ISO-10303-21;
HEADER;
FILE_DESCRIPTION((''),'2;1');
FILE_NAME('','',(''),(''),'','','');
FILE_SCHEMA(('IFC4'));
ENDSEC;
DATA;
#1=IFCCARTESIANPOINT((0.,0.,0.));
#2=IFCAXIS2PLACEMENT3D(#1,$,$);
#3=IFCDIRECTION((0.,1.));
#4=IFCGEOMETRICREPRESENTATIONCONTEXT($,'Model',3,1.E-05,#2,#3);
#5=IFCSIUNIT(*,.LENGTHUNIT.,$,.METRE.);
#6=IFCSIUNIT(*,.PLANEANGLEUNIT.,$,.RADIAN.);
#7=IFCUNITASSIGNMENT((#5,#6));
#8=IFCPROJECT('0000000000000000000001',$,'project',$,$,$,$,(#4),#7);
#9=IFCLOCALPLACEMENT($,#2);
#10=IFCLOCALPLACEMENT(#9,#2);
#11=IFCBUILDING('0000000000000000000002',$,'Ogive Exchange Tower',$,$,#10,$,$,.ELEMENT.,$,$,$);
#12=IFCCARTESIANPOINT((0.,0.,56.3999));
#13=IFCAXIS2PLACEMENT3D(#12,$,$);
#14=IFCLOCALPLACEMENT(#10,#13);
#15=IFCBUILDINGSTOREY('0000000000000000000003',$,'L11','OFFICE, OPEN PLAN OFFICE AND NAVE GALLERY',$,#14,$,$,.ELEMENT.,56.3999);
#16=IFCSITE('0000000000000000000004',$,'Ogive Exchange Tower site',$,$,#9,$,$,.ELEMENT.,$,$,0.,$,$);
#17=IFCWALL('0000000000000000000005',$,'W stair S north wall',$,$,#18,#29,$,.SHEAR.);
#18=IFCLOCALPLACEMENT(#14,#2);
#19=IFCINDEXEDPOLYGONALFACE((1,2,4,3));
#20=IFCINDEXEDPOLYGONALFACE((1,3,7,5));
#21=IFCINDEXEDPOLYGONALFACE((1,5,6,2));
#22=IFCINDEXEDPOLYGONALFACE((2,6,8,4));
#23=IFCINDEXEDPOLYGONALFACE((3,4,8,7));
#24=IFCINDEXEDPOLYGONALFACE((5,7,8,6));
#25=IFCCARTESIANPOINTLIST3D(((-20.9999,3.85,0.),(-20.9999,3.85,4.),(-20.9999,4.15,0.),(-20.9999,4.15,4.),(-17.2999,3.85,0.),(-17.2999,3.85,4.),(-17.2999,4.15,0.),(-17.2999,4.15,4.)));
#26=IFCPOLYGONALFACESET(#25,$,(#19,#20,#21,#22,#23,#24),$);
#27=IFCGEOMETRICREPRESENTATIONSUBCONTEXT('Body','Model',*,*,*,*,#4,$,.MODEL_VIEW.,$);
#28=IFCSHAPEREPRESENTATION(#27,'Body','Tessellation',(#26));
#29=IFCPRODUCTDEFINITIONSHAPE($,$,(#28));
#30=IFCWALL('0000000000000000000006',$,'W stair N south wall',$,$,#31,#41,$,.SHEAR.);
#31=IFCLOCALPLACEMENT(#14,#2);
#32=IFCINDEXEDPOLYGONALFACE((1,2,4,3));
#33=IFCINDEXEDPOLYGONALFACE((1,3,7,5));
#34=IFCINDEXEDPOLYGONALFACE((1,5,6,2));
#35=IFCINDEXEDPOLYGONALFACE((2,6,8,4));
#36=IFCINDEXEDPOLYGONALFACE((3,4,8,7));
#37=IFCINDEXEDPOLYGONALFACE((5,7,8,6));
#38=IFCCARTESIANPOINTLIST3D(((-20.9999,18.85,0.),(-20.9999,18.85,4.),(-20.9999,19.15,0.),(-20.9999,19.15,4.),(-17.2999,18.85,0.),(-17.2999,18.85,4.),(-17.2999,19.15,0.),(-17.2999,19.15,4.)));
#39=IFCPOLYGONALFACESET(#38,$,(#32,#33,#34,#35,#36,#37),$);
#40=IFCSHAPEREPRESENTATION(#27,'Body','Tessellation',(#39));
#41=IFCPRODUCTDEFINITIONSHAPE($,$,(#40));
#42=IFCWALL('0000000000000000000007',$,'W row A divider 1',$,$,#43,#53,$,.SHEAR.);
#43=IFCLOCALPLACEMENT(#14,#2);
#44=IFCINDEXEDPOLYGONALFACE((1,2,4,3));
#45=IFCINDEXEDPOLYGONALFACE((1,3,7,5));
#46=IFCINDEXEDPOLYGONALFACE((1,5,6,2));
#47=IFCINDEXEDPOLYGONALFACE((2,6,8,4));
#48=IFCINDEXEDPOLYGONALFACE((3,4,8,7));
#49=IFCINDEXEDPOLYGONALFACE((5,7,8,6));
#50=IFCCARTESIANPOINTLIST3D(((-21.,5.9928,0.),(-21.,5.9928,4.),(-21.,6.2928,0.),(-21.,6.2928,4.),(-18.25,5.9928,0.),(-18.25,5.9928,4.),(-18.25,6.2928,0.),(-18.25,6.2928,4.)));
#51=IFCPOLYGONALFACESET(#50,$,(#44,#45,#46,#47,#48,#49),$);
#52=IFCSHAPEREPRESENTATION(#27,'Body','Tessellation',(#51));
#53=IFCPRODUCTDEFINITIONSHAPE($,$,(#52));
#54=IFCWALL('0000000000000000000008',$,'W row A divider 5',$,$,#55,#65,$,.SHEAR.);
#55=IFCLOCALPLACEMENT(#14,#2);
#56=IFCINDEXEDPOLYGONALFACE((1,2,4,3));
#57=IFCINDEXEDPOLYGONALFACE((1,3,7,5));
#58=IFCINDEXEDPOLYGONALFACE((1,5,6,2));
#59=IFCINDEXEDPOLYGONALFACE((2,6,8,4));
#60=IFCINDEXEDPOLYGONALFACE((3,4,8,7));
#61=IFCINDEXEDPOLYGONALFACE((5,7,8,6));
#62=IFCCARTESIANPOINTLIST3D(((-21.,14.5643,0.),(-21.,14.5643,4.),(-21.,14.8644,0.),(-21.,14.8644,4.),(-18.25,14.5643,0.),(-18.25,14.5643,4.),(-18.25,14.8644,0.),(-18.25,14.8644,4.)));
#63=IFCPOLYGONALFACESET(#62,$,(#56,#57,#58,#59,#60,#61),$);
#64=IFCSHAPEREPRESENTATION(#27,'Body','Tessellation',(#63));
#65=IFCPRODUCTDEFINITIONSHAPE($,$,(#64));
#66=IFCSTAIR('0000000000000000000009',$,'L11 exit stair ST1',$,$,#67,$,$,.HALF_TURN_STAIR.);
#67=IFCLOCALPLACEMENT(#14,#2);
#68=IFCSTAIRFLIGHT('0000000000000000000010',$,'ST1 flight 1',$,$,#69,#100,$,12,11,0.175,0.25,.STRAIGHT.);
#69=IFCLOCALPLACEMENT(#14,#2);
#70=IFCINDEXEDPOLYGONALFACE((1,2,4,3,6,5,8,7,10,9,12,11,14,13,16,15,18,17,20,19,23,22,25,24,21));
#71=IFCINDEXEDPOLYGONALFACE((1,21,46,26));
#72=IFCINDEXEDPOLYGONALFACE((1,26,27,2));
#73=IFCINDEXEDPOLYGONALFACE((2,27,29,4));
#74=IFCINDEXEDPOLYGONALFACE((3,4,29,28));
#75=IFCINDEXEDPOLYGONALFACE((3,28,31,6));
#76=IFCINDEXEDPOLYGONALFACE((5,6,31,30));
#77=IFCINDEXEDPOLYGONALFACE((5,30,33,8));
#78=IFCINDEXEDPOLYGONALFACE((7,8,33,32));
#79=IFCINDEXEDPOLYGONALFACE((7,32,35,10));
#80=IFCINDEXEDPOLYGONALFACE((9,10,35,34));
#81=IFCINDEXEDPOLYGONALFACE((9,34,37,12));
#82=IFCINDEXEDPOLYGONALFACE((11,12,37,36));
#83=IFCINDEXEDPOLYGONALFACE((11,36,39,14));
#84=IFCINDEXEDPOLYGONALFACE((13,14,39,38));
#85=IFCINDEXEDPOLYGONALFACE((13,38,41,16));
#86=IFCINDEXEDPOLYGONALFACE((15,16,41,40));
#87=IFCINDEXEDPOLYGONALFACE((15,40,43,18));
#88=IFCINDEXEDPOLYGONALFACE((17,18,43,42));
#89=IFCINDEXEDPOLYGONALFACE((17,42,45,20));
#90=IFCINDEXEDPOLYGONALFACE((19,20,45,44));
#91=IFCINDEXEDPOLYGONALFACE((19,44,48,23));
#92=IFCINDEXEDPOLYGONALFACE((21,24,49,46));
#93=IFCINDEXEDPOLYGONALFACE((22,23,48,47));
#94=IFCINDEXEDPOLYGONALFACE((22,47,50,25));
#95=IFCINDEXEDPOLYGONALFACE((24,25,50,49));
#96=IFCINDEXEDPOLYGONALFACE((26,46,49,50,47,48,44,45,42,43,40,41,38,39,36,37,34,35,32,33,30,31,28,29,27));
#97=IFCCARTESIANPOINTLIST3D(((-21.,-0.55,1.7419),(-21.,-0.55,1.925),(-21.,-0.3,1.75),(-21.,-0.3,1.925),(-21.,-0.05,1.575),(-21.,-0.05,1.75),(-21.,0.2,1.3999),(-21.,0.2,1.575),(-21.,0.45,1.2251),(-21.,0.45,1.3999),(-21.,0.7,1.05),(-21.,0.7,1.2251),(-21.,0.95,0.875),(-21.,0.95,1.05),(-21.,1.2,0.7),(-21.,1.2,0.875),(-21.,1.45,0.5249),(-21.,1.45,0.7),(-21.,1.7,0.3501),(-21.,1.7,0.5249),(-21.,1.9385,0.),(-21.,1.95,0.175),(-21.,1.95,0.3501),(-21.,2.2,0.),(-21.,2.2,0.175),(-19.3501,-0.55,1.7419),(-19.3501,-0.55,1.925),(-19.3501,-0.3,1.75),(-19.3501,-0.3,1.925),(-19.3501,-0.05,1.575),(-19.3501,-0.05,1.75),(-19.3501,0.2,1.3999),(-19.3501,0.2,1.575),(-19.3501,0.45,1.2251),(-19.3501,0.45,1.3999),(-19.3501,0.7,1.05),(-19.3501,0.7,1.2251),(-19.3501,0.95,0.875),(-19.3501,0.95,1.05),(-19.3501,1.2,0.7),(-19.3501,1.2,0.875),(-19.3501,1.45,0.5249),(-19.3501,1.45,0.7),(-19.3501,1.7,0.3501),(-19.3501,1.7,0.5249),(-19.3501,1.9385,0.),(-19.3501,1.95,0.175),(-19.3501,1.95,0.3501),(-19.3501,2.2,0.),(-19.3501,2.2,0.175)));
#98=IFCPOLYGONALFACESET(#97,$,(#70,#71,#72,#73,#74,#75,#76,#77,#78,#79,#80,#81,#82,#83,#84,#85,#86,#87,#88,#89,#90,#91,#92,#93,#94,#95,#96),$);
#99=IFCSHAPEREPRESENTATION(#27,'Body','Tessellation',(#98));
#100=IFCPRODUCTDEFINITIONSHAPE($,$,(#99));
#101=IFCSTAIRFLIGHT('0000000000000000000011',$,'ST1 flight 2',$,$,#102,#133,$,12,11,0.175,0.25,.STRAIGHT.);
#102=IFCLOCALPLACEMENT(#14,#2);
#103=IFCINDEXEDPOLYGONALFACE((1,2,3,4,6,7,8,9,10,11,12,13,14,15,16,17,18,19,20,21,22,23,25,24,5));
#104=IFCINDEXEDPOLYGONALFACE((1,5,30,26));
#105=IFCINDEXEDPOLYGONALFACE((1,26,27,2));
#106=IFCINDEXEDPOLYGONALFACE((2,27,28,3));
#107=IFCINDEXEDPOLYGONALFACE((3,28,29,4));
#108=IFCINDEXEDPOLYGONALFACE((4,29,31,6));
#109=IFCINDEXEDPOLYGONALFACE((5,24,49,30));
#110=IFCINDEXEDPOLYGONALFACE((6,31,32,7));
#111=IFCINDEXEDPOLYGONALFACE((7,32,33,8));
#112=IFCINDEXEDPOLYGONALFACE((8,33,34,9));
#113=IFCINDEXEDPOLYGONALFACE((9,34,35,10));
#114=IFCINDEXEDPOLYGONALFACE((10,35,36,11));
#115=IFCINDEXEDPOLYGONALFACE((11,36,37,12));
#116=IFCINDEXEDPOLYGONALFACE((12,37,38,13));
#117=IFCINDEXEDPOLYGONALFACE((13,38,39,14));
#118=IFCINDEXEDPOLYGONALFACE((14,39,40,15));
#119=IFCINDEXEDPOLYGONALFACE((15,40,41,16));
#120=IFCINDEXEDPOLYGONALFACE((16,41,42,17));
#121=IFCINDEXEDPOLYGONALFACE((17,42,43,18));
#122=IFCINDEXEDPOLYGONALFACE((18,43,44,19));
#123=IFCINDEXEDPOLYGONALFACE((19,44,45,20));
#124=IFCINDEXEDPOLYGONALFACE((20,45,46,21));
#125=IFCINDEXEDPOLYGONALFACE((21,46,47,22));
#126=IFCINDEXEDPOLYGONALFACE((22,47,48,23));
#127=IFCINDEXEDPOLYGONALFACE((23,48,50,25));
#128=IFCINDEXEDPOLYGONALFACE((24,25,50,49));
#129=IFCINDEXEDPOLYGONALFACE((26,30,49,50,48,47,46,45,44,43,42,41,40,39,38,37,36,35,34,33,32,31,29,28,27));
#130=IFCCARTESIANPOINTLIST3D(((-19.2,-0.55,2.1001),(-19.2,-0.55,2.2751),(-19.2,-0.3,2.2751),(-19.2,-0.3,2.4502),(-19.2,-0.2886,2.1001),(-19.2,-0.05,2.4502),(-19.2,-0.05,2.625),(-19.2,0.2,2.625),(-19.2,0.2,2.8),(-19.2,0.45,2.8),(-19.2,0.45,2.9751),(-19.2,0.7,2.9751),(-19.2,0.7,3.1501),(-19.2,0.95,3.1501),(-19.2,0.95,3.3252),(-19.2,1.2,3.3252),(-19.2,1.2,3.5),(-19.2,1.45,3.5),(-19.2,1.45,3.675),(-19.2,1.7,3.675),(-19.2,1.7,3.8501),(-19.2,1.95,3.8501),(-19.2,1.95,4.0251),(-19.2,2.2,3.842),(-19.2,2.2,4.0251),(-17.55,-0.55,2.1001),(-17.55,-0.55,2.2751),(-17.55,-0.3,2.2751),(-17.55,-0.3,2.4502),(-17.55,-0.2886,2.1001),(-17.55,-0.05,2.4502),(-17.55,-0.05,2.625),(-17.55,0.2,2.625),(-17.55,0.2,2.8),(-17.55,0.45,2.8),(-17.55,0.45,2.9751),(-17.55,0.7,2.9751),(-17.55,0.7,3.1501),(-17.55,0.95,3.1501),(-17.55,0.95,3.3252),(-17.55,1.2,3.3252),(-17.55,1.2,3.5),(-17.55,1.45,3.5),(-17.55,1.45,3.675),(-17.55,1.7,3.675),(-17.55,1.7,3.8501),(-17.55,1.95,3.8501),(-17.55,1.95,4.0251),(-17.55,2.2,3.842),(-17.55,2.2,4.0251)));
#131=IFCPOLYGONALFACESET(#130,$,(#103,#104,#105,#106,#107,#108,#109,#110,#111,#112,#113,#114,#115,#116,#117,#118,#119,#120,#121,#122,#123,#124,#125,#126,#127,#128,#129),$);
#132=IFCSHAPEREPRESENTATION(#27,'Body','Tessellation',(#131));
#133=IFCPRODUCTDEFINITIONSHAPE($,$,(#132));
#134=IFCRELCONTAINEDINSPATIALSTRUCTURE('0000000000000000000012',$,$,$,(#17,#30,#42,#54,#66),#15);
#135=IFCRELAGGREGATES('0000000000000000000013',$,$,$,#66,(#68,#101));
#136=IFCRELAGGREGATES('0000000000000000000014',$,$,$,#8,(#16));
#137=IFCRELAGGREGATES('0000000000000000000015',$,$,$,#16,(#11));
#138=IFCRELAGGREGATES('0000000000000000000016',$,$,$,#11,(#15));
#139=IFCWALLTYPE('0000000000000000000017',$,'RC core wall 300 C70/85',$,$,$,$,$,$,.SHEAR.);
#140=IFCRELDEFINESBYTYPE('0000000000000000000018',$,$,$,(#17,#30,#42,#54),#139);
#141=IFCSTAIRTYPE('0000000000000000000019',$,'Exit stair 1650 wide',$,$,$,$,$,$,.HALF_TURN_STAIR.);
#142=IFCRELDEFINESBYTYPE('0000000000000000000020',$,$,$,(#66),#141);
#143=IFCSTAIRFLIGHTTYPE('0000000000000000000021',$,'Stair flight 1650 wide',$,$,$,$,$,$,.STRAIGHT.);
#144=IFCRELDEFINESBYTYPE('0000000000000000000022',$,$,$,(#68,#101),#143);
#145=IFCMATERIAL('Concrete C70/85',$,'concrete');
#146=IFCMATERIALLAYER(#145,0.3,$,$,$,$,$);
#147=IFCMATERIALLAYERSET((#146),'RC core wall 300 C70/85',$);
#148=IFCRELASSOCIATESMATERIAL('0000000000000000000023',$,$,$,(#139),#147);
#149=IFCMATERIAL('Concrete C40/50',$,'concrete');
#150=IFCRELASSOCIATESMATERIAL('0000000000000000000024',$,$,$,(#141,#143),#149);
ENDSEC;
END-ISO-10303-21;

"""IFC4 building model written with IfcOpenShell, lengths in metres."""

from ifc_helpers import new_model, si_unit, direction, frame, frame_2d, origin, place, context, subcontext, project, spatial, polyline, rectangle, outline, extrude, material, layer, layer_set, type_object, element, aggregate, save


model = new_model("IFC4")

# Units and contexts
model_context = context("Model", 3, precision=1e-05, world=origin(), true_north=direction((0.0, 1.0)))
body_context = subcontext(model_context, "Body", "Model", "MODEL_VIEW")
ifc_project = project(units=[si_unit("LENGTHUNIT", "METRE"), si_unit("PLANEANGLEUNIT", "RADIAN")], contexts=[model_context])

# Site, building, storey
site_placement = place(None, origin())
site = spatial("IfcSite", under=ifc_project, at=site_placement, Name="Ogive Exchange Tower site", CompositionType="ELEMENT", RefElevation=0.0)
building_placement = place(site_placement, origin())
building = spatial("IfcBuilding", under=site, at=building_placement, Name="Ogive Exchange Tower", CompositionType="ELEMENT")
storey_placement = place(building_placement, frame((0.0, 0.0, 56.3999)))
storey = spatial("IfcBuildingStorey", under=building, at=storey_placement, Name="L11", Description="OFFICE, OPEN PLAN OFFICE AND NAVE GALLERY", CompositionType="ELEMENT", Elevation=56.3999)

# Walls
ifc_material_1 = material(Name="Concrete C70/85", Category="concrete")
ifc_layer_1 = layer(ifc_material_1, 0.3)
ifc_layer_set_1 = layer_set([ifc_layer_1], Name="RC core wall 300 C70/85")
wall_type_1 = type_object("IfcWallType", Name="RC core wall 300 C70/85", PredefinedType="SHEAR", material=ifc_layer_set_1)
for number, where, z_axis, x_axis, name in (
    (1, (-21.0, 4.0, 0.0), (0.0, 0.0, 1.0), (1.0, 0.0, 0.0), "W stair S north wall"),
    (2, (-21.0, 19.0, 0.0), (0.0, 0.0, 1.0), (1.0, 0.0, 0.0), "W stair N south wall"),
):
    element("IfcWall", number, at=place(storey_placement, frame(where, z_axis=z_axis, x_axis=x_axis)), inside=storey, type_object=wall_type_1, Name=name, PredefinedType="SHEAR", context=body_context, shape_type="SweptSolid", body=[
        extrude(rectangle(XDim=3.7, YDim=0.3, at=frame_2d((1.8501, 0.0))), origin(), (0.0, 0.0, 1.0), 4.0),
    ])
for number, where, z_axis, x_axis, name in (
    (3, (-21.0, 6.1428, 0.0), (0.0, 0.0, 1.0), (1.0, 0.0, 0.0), "W row A divider 1"),
    (4, (-21.0, 14.7144, 0.0), (0.0, 0.0, 1.0), (1.0, 0.0, 0.0), "W row A divider 5"),
):
    element("IfcWall", number, at=place(storey_placement, frame(where, z_axis=z_axis, x_axis=x_axis)), inside=storey, type_object=wall_type_1, Name=name, PredefinedType="SHEAR", context=body_context, shape_type="SweptSolid", body=[
        extrude(rectangle(XDim=2.75, YDim=0.3, at=frame_2d((1.375, 0.0))), origin(), (0.0, 0.0, 1.0), 4.0),
    ])

# Stair, stair flights
ifc_material_2 = material(Name="Concrete C40/50", Category="concrete")
stair_type = type_object("IfcStairType", Name="Exit stair 1650 wide", PredefinedType="HALF_TURN_STAIR", material=ifc_material_2)
stair_placement = place(storey_placement, origin())
stair = element("IfcStair", 5, at=stair_placement, inside=storey, type_object=stair_type, Name="L11 exit stair ST1", PredefinedType="HALF_TURN_STAIR")
stair_flight_type = type_object("IfcStairFlightType", Name="Stair flight 1650 wide", PredefinedType="STRAIGHT", material=ifc_material_2)
stair_flight_1_placement = place(storey_placement, frame((-20.175, 2.2, 0.0), z_axis=(0.0, 0.0, 1.0), x_axis=(0.0, -1.0, 0.0)))
stair_flight_1 = element("IfcStairFlight", 6, at=stair_flight_1_placement, type_object=stair_flight_type, Name="ST1 flight 1", NumberOfRisers=12, NumberOfTreads=11, PredefinedType="STRAIGHT", RiserHeight=0.175, TreadLength=0.25, context=body_context, shape_type="SweptSolid", body=[
    extrude(outline(polyline([(0.0, 0.0), (0.0, 0.175), (0.25, 0.175), (0.25, 0.3501), (0.5, 0.3501), (0.5, 0.5249), (0.75, 0.5249), (0.75, 0.7), (1.0, 0.7), (1.0, 0.875), (1.25, 0.875), (1.25, 1.05), (1.5, 1.05), (1.5, 1.2251), (1.75, 1.2251), (1.75, 1.3999), (2.0, 1.3999), (2.0, 1.575), (2.25, 1.575), (2.25, 1.75), (2.5, 1.75), (2.5, 1.925), (2.75, 1.925), (2.75, 2.1001), (2.75, 1.7419), (0.2615, 0.0), (0.0, 0.0)])), frame((0.0, 0.825, 0.0), z_axis=(0.0, -1.0, 0.0), x_axis=(1.0, 0.0, 0.0)), (0.0, 0.0, 1.0), 1.6499),
])
stair_flight_2_placement = place(storey_placement, frame((-18.375, -0.55, 2.1001), z_axis=(0.0, 0.0, 1.0), x_axis=(0.0, 1.0, 0.0)))
stair_flight_2 = element("IfcStairFlight", 7, at=stair_flight_2_placement, type_object=stair_flight_type, Name="ST1 flight 2", NumberOfRisers=12, NumberOfTreads=11, PredefinedType="STRAIGHT", RiserHeight=0.175, TreadLength=0.25, context=body_context, shape_type="SweptSolid", body=[
    extrude(outline(polyline([(0.0, 0.0), (0.0, 0.175), (0.25, 0.175), (0.25, 0.3501), (0.5, 0.3501), (0.5, 0.5249), (0.75, 0.5249), (0.75, 0.7), (1.0, 0.7), (1.0, 0.875), (1.25, 0.875), (1.25, 1.05), (1.5, 1.05), (1.5, 1.2251), (1.75, 1.2251), (1.75, 1.3999), (2.0, 1.3999), (2.0, 1.575), (2.25, 1.575), (2.25, 1.75), (2.5, 1.75), (2.5, 1.925), (2.75, 1.925), (2.75, 2.1001), (2.75, 1.7419), (0.2615, 0.0), (0.0, 0.0)])), frame((0.0, 0.825, 0.0), z_axis=(0.0, -1.0, 0.0), x_axis=(1.0, 0.0, 0.0)), (0.0, 0.0, 1.0), 1.6499),
])
aggregate(stair, [stair_flight_1, stair_flight_2])

save(model, "model.ifc")
